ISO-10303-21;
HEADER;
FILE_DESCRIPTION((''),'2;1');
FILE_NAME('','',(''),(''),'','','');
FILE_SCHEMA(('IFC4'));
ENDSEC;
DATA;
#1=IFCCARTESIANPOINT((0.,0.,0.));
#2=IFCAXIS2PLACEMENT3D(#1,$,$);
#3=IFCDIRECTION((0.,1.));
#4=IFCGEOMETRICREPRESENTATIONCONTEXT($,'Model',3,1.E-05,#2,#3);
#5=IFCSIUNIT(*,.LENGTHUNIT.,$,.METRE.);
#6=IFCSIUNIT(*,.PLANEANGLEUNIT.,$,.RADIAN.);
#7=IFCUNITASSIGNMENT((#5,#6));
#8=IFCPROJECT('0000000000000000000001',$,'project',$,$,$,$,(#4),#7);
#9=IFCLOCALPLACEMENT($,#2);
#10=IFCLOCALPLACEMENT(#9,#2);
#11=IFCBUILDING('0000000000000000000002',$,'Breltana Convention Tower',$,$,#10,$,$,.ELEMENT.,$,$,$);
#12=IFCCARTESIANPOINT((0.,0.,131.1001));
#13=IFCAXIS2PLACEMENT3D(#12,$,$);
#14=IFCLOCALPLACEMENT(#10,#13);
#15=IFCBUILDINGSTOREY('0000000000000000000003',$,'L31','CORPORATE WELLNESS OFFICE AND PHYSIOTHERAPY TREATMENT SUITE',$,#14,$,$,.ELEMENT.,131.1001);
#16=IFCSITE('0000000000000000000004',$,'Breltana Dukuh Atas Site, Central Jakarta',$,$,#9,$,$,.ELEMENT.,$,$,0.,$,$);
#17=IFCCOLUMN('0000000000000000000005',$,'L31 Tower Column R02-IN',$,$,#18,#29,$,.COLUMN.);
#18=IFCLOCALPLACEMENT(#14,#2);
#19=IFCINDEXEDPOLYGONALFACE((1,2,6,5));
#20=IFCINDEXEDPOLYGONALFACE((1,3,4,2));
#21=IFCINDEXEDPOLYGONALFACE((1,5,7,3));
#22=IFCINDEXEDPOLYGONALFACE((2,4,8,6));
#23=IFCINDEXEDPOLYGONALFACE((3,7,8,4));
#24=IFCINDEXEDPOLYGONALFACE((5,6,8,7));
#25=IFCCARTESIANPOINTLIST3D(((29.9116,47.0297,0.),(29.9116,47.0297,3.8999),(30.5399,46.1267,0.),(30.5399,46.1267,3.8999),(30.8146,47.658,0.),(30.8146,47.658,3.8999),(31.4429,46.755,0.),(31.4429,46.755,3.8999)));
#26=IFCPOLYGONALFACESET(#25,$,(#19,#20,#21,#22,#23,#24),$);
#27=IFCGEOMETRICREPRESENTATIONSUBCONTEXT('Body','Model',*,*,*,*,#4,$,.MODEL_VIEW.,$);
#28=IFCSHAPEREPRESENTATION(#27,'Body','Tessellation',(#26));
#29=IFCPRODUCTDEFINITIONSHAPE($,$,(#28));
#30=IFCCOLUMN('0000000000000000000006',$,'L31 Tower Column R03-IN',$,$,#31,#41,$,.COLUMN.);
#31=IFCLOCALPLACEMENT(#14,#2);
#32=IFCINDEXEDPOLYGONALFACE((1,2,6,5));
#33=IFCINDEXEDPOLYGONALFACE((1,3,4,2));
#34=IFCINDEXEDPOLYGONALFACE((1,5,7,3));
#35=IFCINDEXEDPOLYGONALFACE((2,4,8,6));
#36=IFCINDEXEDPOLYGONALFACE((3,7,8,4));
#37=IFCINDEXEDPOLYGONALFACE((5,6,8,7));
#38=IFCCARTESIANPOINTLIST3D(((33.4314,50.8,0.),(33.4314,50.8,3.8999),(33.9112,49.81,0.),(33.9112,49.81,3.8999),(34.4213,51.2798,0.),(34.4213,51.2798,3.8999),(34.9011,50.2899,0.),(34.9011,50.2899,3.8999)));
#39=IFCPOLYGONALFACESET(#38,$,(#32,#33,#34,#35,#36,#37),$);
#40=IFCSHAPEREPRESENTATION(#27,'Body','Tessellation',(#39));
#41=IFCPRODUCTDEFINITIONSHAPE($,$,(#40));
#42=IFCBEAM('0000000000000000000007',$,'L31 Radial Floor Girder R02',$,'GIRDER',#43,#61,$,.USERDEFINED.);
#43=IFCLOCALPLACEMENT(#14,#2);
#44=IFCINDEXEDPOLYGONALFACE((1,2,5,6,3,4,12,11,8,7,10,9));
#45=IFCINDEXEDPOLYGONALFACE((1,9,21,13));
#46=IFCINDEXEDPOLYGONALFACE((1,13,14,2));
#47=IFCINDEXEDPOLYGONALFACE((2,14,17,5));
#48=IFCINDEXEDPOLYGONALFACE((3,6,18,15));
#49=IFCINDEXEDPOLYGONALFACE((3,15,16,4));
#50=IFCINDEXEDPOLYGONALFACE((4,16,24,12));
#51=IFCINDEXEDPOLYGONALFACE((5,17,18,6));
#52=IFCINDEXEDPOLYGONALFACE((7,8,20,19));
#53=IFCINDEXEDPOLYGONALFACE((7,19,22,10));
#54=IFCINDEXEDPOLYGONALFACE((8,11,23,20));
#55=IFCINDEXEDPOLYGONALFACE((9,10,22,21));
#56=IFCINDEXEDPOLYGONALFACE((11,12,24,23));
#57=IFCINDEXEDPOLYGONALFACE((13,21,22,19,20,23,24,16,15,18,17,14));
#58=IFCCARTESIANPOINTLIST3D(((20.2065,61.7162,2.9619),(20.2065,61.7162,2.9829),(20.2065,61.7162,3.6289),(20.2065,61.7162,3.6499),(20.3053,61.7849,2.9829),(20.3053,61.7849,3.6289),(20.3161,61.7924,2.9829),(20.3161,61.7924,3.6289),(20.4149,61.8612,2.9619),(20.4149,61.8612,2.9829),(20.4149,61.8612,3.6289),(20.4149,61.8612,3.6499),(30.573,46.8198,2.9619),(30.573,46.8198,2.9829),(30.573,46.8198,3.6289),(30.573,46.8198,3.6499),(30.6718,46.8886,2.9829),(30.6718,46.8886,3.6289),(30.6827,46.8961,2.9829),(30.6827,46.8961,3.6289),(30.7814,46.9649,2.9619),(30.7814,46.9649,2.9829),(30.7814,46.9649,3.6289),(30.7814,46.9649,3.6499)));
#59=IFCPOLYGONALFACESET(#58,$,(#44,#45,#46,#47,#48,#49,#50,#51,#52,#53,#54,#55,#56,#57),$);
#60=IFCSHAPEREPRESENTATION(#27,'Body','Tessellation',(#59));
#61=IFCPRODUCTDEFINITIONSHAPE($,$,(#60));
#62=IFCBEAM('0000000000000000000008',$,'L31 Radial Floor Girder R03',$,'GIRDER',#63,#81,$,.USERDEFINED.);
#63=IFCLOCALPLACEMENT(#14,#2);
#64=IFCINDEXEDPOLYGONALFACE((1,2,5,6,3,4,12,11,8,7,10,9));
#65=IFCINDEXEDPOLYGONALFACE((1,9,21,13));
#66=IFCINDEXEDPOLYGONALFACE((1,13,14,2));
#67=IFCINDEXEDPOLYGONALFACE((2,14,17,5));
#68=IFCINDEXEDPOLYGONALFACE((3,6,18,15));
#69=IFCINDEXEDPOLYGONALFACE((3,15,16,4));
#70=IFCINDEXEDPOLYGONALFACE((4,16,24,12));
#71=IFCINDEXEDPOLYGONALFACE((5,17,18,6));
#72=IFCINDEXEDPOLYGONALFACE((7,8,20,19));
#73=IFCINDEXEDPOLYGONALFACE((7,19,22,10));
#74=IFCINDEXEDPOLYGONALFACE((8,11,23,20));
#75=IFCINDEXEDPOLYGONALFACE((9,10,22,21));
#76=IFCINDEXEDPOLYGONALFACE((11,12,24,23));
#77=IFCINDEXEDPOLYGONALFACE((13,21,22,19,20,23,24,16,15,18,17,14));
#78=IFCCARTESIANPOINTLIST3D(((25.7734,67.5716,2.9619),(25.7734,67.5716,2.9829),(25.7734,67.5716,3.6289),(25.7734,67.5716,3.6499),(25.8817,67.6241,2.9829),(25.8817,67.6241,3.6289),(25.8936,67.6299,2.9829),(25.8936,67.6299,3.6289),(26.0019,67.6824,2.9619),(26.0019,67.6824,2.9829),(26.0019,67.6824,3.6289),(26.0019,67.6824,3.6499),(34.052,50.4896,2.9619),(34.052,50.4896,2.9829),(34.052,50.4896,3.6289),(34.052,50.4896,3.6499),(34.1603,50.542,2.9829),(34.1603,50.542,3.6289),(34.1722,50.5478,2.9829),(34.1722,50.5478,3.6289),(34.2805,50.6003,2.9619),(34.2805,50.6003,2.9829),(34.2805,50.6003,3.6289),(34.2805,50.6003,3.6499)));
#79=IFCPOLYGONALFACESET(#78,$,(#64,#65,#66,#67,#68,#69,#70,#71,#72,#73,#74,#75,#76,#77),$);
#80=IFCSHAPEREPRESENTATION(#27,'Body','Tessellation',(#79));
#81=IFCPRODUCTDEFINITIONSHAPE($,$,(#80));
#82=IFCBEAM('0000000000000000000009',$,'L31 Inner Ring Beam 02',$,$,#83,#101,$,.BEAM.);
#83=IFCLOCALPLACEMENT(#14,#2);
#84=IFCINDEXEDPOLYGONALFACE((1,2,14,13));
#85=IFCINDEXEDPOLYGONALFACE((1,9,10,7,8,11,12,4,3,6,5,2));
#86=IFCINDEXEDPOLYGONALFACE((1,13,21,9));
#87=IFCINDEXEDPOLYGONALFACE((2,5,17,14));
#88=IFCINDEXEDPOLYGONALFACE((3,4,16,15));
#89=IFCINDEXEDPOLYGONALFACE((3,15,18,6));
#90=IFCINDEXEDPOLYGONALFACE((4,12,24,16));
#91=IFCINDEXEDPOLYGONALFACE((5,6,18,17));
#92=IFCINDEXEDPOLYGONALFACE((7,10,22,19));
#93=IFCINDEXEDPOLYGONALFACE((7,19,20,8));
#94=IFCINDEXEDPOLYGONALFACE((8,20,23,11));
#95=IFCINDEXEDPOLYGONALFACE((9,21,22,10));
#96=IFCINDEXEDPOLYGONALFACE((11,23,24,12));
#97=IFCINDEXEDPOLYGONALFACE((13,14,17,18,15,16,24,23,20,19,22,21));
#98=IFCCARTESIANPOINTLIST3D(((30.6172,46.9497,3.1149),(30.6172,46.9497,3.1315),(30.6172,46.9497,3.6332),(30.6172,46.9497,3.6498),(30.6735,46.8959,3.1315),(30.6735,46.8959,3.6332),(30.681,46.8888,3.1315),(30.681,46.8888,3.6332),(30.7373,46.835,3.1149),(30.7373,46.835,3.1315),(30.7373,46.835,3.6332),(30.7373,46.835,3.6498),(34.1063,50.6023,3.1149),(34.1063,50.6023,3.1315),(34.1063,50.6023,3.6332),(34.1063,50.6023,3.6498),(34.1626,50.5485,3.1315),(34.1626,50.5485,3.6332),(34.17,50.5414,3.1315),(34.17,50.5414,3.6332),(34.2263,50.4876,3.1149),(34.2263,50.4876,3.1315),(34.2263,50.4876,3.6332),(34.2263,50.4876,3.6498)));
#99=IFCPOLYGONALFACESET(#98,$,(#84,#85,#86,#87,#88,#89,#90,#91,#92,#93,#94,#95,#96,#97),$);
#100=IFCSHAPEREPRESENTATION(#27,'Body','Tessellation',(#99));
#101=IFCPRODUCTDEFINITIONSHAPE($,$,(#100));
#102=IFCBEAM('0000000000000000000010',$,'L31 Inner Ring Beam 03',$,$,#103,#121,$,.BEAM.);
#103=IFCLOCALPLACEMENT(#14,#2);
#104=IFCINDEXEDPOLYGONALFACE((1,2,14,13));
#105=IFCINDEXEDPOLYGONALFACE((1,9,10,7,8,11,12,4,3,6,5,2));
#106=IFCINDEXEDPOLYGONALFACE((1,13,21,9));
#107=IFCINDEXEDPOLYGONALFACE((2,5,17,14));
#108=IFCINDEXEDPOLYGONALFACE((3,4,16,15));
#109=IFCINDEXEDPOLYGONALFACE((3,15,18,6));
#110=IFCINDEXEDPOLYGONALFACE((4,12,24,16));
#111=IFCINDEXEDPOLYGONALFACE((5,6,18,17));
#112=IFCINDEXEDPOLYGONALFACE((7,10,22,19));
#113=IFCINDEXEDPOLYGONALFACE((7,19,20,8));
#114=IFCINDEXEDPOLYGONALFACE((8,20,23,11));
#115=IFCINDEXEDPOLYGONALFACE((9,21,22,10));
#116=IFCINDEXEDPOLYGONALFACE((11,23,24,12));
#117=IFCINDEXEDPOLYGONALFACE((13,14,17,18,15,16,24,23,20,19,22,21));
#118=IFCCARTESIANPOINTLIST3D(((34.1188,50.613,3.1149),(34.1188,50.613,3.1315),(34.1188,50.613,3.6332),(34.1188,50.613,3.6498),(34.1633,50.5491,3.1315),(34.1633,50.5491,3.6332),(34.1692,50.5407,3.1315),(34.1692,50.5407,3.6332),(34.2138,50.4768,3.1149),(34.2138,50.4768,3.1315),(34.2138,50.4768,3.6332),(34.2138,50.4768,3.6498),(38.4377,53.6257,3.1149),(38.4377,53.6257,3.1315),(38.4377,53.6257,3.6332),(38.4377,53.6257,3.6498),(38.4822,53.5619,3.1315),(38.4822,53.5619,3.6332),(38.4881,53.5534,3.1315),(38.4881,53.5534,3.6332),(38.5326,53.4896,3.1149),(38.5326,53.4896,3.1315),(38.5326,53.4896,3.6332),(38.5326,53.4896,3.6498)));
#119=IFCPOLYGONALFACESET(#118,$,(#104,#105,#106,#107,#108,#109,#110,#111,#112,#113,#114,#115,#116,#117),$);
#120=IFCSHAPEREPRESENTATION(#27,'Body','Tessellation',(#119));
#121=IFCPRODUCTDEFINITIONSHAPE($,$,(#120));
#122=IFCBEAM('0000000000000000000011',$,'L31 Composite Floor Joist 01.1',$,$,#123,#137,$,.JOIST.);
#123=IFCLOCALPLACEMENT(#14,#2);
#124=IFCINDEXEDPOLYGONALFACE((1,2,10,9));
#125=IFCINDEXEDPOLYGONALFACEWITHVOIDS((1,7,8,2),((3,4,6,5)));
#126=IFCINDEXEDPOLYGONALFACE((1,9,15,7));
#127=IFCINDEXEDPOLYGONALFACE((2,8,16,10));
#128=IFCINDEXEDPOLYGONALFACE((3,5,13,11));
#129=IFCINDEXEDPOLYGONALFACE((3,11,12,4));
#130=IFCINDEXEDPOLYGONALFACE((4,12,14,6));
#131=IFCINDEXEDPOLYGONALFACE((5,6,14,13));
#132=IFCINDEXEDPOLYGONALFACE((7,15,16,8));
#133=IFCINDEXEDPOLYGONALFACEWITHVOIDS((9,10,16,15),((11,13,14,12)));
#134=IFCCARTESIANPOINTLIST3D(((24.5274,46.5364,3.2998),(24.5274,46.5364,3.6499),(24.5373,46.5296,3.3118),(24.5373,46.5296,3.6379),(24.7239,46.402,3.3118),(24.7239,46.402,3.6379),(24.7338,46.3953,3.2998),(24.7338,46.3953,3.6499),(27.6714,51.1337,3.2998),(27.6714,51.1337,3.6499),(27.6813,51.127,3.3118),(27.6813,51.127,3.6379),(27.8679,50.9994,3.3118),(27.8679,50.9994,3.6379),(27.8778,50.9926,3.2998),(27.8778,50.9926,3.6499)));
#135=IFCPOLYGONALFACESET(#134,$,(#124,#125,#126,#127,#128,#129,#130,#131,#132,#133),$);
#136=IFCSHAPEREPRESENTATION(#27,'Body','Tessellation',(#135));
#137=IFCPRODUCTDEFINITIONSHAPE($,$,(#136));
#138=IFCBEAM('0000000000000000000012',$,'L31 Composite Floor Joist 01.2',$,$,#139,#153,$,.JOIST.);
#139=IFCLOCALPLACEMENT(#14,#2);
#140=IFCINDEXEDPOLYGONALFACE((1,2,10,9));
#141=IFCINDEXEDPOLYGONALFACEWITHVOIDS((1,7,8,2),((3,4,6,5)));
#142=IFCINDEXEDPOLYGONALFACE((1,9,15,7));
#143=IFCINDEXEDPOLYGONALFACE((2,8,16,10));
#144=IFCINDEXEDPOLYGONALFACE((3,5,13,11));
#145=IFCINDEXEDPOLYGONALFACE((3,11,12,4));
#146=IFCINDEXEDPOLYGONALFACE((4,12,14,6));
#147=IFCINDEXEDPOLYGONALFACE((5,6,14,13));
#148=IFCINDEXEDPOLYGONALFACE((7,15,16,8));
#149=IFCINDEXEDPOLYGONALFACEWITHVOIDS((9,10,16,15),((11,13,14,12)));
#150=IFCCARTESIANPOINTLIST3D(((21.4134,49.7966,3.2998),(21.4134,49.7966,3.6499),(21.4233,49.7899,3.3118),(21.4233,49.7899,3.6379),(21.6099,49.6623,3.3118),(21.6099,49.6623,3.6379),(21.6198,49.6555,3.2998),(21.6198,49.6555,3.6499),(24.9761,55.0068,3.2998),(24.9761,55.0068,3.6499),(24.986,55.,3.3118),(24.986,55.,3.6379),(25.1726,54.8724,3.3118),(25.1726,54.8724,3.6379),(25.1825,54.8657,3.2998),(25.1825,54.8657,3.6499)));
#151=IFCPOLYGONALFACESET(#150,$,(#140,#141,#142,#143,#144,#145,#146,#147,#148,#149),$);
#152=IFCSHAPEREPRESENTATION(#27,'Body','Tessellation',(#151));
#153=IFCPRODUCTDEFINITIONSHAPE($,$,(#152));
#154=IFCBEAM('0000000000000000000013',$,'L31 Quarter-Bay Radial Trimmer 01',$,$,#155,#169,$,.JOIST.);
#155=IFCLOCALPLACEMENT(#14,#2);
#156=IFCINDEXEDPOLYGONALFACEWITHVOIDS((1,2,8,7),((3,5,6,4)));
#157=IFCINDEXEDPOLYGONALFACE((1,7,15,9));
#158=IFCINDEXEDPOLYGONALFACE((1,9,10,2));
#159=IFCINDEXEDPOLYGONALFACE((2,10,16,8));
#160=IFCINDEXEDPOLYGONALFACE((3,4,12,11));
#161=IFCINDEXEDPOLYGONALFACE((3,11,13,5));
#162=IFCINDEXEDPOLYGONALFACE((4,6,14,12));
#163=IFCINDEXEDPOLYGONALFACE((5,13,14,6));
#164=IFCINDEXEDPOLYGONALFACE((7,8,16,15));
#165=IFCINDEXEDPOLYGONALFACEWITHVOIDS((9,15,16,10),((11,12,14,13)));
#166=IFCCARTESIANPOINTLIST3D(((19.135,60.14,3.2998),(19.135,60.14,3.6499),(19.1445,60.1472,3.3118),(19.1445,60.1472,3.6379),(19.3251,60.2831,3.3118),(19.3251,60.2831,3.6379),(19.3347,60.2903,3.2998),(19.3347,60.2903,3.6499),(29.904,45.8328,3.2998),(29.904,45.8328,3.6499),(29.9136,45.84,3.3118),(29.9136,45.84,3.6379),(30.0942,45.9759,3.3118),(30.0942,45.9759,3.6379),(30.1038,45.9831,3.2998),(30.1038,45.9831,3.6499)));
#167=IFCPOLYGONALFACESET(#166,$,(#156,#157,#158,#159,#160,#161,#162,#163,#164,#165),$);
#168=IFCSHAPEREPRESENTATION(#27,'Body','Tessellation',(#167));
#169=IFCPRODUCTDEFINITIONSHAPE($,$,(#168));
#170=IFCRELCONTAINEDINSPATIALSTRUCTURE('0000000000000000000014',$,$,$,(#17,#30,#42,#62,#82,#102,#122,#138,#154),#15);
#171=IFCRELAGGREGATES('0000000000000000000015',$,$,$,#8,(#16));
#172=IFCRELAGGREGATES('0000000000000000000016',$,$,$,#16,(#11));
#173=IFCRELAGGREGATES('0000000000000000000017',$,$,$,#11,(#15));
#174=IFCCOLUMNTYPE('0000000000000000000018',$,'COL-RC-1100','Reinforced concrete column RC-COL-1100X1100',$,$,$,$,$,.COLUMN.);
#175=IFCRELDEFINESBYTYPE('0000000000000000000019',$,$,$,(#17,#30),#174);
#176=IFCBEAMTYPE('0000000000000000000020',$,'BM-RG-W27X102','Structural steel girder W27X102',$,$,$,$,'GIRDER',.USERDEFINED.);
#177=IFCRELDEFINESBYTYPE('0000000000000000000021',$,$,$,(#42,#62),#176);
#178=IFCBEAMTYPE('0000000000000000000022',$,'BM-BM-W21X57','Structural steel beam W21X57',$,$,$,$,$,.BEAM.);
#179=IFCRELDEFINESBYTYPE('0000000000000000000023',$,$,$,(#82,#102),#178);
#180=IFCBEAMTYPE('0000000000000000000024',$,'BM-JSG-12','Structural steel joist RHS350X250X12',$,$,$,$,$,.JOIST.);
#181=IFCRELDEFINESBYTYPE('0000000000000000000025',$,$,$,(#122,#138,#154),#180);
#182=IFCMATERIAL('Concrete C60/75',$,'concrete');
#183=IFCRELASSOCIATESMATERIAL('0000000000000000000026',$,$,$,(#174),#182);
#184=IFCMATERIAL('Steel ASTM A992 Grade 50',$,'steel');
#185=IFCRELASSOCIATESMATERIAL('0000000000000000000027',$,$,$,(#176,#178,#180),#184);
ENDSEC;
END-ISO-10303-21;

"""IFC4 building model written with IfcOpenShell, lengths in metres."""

from ifc_helpers import new_model, si_unit, direction, frame, origin, origin_2d, place, context, subcontext, project, spatial, rectangle, hollow_rectangle, i_section, extrude, source, transform, mapped, material, material_profile, profile_set, type_object, element, save


model = new_model("IFC4")

# Units and contexts
model_context = context("Model", 3, precision=1e-05, world=origin(), true_north=direction((0.0, 1.0)))
body_context = subcontext(model_context, "Body", "Model", "MODEL_VIEW")
ifc_project = project(units=[si_unit("LENGTHUNIT", "METRE"), si_unit("PLANEANGLEUNIT", "RADIAN")], contexts=[model_context])

# Site, building, storey
site_placement = place(None, origin())
site = spatial("IfcSite", under=ifc_project, at=site_placement, Name="Breltana Dukuh Atas Site, Central Jakarta", CompositionType="ELEMENT", RefElevation=0.0)
building_placement = place(site_placement, origin())
building = spatial("IfcBuilding", under=site, at=building_placement, Name="Breltana Convention Tower", CompositionType="ELEMENT")
storey_placement = place(building_placement, frame((0.0, 0.0, 131.1001)))
storey = spatial("IfcBuildingStorey", under=building, at=storey_placement, Name="L31", Description="CORPORATE WELLNESS OFFICE AND PHYSIOTHERAPY TREATMENT SUITE", CompositionType="ELEMENT", Elevation=131.1001)

# Columns
ifc_material_1 = material(Name="Concrete C60/75", Category="concrete")
ifc_material_profile_1 = material_profile(ifc_material_1, rectangle(XDim=1.1001, YDim=1.1001, at=origin_2d()), Name="RC-COL-1100X1100")
ifc_profile_set_1 = profile_set([ifc_material_profile_1], Name="Concrete C60/75")
column_type = type_object("IfcColumnType", Name="COL-RC-1100", Description="Reinforced concrete column RC-COL-1100X1100", PredefinedType="COLUMN", material=ifc_profile_set_1)
shared_shape_1 = source(origin(), body_context, "Body", "SweptSolid", [
    extrude(rectangle(XDim=1.1001, YDim=1.1001, at=origin_2d()), origin(), (0.0, 0.0, 1.0), 3.8999),
])
for number, where, z_axis, x_axis, name in (
    (1, (30.6772, 46.8923, 0.0), (0.0, 0.0, 1.0), (-0.571143, 0.82085, 0.0), "L31 Tower Column R02-IN"),
    (2, (34.1663, 50.5449, 0.0), (0.0, 0.0, 1.0), (-0.436174, 0.899863, 0.0), "L31 Tower Column R03-IN"),
):
    element("IfcColumn", number, at=place(storey_placement, frame(where, z_axis=z_axis, x_axis=x_axis)), inside=storey, type_object=column_type, Name=name, PredefinedType="COLUMN", context=body_context, shape_type="MappedRepresentation", body=[
        mapped(shared_shape_1, transform((0.0, 0.0, 0.0), scale=1.0)),
    ])

# Beams
ifc_material_2 = material(Name="Steel ASTM A992 Grade 50", Category="steel")
ifc_material_profile_2 = material_profile(ifc_material_2, i_section(OverallWidth=0.2539, OverallDepth=0.688, WebThickness=0.0132, FlangeThickness=0.021, at=origin_2d()), Name="W27X102")
ifc_profile_set_2 = profile_set([ifc_material_profile_2], Name="Steel ASTM A992 Grade 50")
beam_type_1 = type_object("IfcBeamType", Name="BM-RG-W27X102", Description="Structural steel girder W27X102", ElementType="GIRDER", PredefinedType="USERDEFINED", material=ifc_profile_set_2)
shared_shape_2 = source(origin(), body_context, "Body", "SweptSolid", [
    extrude(i_section(OverallWidth=0.2539, OverallDepth=0.688, WebThickness=0.0132, FlangeThickness=0.021, at=origin_2d()), origin(), (0.0, 0.0, 1.0), 18.1484),
])
beam_1_placement = place(storey_placement, frame((30.6772, 46.8923, 3.3059), z_axis=(-0.571208, 0.820806, 0.0), x_axis=(-0.820806, -0.571208, 0.0)))
element("IfcBeam", 3, at=beam_1_placement, inside=storey, type_object=beam_type_1, Name="L31 Radial Floor Girder R02", ObjectType="GIRDER", PredefinedType="USERDEFINED", context=body_context, shape_type="MappedRepresentation", body=[
    mapped(shared_shape_2, transform((0.0, 0.0, 0.0), scale=1.0)),
])
shared_shape_3 = source(origin(), body_context, "Body", "SweptSolid", [
    extrude(i_section(OverallWidth=0.2539, OverallDepth=0.688, WebThickness=0.0132, FlangeThickness=0.021, at=origin_2d()), origin(), (0.0, 0.0, 1.0), 18.9824),
])
beam_2_placement = place(storey_placement, frame((34.1663, 50.5449, 3.3059), z_axis=(-0.436119, 0.899889, 0.0), x_axis=(-0.899889, -0.436119, 0.0)))
element("IfcBeam", 4, at=beam_2_placement, inside=storey, type_object=beam_type_1, Name="L31 Radial Floor Girder R03", ObjectType="GIRDER", PredefinedType="USERDEFINED", context=body_context, shape_type="MappedRepresentation", body=[
    mapped(shared_shape_3, transform((0.0, 0.0, 0.0), scale=1.0)),
])
ifc_material_profile_3 = material_profile(ifc_material_2, i_section(OverallWidth=0.166, OverallDepth=0.5349, WebThickness=0.0103, FlangeThickness=0.0166, at=origin_2d()), Name="W21X57")
ifc_profile_set_3 = profile_set([ifc_material_profile_3], Name="Steel ASTM A992 Grade 50")
beam_type_2 = type_object("IfcBeamType", Name="BM-BM-W21X57", Description="Structural steel beam W21X57", PredefinedType="BEAM", material=ifc_profile_set_3)
shared_shape_4 = source(origin(), body_context, "Body", "SweptSolid", [
    extrude(i_section(OverallWidth=0.166, OverallDepth=0.5349, WebThickness=0.0103, FlangeThickness=0.0166, at=origin_2d()), origin(), (0.0, 0.0, 1.0), 5.0513),
])
beam_3_placement = place(storey_placement, frame((30.6772, 46.8923, 3.3823), z_axis=(0.69073, 0.723113, 0.0), x_axis=(-0.723113, 0.69073, 0.0)))
element("IfcBeam", 5, at=beam_3_placement, inside=storey, type_object=beam_type_2, Name="L31 Inner Ring Beam 02", PredefinedType="BEAM", context=body_context, shape_type="MappedRepresentation", body=[
    mapped(shared_shape_4, transform((0.0, 0.0, 0.0), scale=1.0)),
])
shared_shape_5 = source(origin(), body_context, "Body", "SweptSolid", [
    extrude(i_section(OverallWidth=0.166, OverallDepth=0.5349, WebThickness=0.0103, FlangeThickness=0.0166, at=origin_2d()), origin(), (0.0, 0.0, 1.0), 5.2659),
])
beam_4_placement = place(storey_placement, frame((34.1663, 50.5449, 3.3823), z_axis=(0.820167, 0.572124, 0.0), x_axis=(-0.572124, 0.820167, 0.0)))
element("IfcBeam", 6, at=beam_4_placement, inside=storey, type_object=beam_type_2, Name="L31 Inner Ring Beam 03", PredefinedType="BEAM", context=body_context, shape_type="MappedRepresentation", body=[
    mapped(shared_shape_5, transform((0.0, 0.0, 0.0), scale=1.0)),
])
ifc_material_profile_4 = material_profile(ifc_material_2, hollow_rectangle(XDim=0.25, YDim=0.3501, WallThickness=0.012, at=origin_2d()), Name="RHS350X250X12")
ifc_profile_set_4 = profile_set([ifc_material_profile_4], Name="Steel ASTM A992 Grade 50")
beam_type_3 = type_object("IfcBeamType", Name="BM-JSG-12", Description="Structural steel joist RHS350X250X12", PredefinedType="JOIST", material=ifc_profile_set_4)
shared_shape_6 = source(origin(), body_context, "Body", "SweptSolid", [
    extrude(hollow_rectangle(XDim=0.25, YDim=0.3501, WallThickness=0.012, at=origin_2d()), origin(), (0.0, 0.0, 1.0), 5.5696),
])
beam_5_placement = place(storey_placement, frame((24.6306, 46.4658, 3.4749), z_axis=(0.564494, 0.825437, 0.0), x_axis=(-0.825437, 0.564494, 0.0)))
element("IfcBeam", 7, at=beam_5_placement, inside=storey, type_object=beam_type_3, Name="L31 Composite Floor Joist 01.1", PredefinedType="JOIST", context=body_context, shape_type="MappedRepresentation", body=[
    mapped(shared_shape_6, transform((0.0, 0.0, 0.0), scale=1.0)),
])
shared_shape_7 = source(origin(), body_context, "Body", "SweptSolid", [
    extrude(hollow_rectangle(XDim=0.25, YDim=0.3501, WallThickness=0.012, at=origin_2d()), origin(), (0.0, 0.0, 1.0), 6.3118),
])
beam_6_placement = place(storey_placement, frame((21.5166, 49.7261, 3.4749), z_axis=(0.564454, 0.825465, 0.0), x_axis=(-0.825465, 0.564454, 0.0)))
element("IfcBeam", 8, at=beam_6_placement, inside=storey, type_object=beam_type_3, Name="L31 Composite Floor Joist 01.2", PredefinedType="JOIST", context=body_context, shape_type="MappedRepresentation", body=[
    mapped(shared_shape_7, transform((0.0, 0.0, 0.0), scale=1.0)),
])
shared_shape_8 = source(origin(), body_context, "Body", "SweptSolid", [
    extrude(hollow_rectangle(XDim=0.25, YDim=0.3501, WallThickness=0.012, at=origin_2d()), origin(), (0.0, 0.0, 1.0), 17.9072),
])
beam_7_placement = place(storey_placement, frame((30.0039, 45.908, 3.4749), z_axis=(-0.601382, 0.798962, 0.0), x_axis=(-0.798962, -0.601382, 0.0)))
element("IfcBeam", 9, at=beam_7_placement, inside=storey, type_object=beam_type_3, Name="L31 Quarter-Bay Radial Trimmer 01", PredefinedType="JOIST", context=body_context, shape_type="MappedRepresentation", body=[
    mapped(shared_shape_8, transform((0.0, 0.0, 0.0), scale=1.0)),
])

save(model, "model.ifc")
